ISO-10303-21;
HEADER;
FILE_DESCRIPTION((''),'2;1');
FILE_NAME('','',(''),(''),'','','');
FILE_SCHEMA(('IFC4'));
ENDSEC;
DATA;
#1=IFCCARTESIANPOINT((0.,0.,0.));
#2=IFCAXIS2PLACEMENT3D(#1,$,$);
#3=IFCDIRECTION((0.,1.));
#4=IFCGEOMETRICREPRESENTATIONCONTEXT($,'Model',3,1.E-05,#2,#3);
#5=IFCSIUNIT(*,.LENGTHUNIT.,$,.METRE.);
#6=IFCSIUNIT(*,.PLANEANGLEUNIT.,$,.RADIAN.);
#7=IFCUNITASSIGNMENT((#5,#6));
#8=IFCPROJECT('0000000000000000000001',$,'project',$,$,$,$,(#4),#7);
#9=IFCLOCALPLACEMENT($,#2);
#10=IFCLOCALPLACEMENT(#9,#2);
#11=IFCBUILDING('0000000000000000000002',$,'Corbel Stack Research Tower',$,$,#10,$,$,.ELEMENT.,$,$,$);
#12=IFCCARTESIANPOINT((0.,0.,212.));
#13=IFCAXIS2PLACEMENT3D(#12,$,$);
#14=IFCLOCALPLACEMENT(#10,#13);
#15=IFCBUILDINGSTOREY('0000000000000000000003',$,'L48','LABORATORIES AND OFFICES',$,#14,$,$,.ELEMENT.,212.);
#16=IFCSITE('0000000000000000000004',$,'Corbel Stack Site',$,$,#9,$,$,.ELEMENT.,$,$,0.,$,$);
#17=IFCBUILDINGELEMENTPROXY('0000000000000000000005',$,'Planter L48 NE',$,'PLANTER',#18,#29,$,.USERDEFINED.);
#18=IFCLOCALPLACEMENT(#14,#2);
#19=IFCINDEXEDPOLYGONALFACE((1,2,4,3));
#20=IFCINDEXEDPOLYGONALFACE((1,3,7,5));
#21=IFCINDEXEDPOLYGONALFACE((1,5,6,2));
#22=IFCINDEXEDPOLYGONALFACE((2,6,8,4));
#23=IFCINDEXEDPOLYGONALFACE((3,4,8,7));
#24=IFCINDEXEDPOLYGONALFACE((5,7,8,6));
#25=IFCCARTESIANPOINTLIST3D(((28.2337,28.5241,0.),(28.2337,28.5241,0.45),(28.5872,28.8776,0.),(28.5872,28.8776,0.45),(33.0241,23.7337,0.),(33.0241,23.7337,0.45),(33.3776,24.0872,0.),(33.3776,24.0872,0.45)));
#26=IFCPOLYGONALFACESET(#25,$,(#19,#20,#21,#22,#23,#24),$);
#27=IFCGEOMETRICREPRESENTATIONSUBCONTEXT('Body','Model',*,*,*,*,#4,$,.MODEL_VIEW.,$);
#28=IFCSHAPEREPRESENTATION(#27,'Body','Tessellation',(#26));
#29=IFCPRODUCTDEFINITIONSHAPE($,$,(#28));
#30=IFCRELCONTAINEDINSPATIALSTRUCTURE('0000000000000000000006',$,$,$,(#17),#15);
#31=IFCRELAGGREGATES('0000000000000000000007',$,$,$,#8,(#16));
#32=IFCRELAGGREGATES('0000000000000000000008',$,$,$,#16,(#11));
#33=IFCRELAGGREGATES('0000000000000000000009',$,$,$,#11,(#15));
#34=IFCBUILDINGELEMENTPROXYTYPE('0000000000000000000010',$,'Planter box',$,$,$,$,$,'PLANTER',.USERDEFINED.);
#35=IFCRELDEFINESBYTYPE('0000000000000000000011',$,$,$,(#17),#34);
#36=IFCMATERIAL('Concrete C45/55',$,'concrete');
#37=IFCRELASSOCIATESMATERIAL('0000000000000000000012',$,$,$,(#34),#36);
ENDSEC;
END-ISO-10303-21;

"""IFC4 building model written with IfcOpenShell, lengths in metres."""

from ifc_helpers import new_model, si_unit, direction, frame, origin, origin_2d, place, context, subcontext, project, spatial, rectangle, extrude, material, type_object, element, save


model = new_model("IFC4")

# Units and contexts
model_context = context("Model", 3, precision=1e-05, world=origin(), true_north=direction((0.0, 1.0)))
body_context = subcontext(model_context, "Body", "Model", "MODEL_VIEW")
ifc_project = project(units=[si_unit("LENGTHUNIT", "METRE"), si_unit("PLANEANGLEUNIT", "RADIAN")], contexts=[model_context])

# Site, building, storey
site_placement = place(None, origin())
site = spatial("IfcSite", under=ifc_project, at=site_placement, Name="Corbel Stack Site", CompositionType="ELEMENT", RefElevation=0.0)
building_placement = place(site_placement, origin())
building = spatial("IfcBuilding", under=site, at=building_placement, Name="Corbel Stack Research Tower", CompositionType="ELEMENT")
storey_placement = place(building_placement, frame((0.0, 0.0, 212.0)))
storey = spatial("IfcBuildingStorey", under=building, at=storey_placement, Name="L48", Description="LABORATORIES AND OFFICES", CompositionType="ELEMENT", Elevation=212.0)

# Building element proxy
ifc_material_1 = material(Name="Concrete C45/55", Category="concrete")
building_element_proxy_type = type_object("IfcBuildingElementProxyType", Name="Planter box", ElementType="PLANTER", PredefinedType="USERDEFINED", material=ifc_material_1)
proxy_placement = place(storey_placement, frame((30.8057, 26.3057, 0.0), z_axis=(0.0, 0.0, 1.0), x_axis=(-0.707107, 0.707107, 0.0)))
element("IfcBuildingElementProxy", 1, at=proxy_placement, inside=storey, type_object=building_element_proxy_type, Name="Planter L48 NE", ObjectType="PLANTER", PredefinedType="USERDEFINED", context=body_context, shape_type="SweptSolid", body=[
    extrude(rectangle(XDim=6.7747, YDim=0.5, at=origin_2d()), origin(), (0.0, 0.0, 1.0), 0.45),
])

save(model, "model.ifc")
